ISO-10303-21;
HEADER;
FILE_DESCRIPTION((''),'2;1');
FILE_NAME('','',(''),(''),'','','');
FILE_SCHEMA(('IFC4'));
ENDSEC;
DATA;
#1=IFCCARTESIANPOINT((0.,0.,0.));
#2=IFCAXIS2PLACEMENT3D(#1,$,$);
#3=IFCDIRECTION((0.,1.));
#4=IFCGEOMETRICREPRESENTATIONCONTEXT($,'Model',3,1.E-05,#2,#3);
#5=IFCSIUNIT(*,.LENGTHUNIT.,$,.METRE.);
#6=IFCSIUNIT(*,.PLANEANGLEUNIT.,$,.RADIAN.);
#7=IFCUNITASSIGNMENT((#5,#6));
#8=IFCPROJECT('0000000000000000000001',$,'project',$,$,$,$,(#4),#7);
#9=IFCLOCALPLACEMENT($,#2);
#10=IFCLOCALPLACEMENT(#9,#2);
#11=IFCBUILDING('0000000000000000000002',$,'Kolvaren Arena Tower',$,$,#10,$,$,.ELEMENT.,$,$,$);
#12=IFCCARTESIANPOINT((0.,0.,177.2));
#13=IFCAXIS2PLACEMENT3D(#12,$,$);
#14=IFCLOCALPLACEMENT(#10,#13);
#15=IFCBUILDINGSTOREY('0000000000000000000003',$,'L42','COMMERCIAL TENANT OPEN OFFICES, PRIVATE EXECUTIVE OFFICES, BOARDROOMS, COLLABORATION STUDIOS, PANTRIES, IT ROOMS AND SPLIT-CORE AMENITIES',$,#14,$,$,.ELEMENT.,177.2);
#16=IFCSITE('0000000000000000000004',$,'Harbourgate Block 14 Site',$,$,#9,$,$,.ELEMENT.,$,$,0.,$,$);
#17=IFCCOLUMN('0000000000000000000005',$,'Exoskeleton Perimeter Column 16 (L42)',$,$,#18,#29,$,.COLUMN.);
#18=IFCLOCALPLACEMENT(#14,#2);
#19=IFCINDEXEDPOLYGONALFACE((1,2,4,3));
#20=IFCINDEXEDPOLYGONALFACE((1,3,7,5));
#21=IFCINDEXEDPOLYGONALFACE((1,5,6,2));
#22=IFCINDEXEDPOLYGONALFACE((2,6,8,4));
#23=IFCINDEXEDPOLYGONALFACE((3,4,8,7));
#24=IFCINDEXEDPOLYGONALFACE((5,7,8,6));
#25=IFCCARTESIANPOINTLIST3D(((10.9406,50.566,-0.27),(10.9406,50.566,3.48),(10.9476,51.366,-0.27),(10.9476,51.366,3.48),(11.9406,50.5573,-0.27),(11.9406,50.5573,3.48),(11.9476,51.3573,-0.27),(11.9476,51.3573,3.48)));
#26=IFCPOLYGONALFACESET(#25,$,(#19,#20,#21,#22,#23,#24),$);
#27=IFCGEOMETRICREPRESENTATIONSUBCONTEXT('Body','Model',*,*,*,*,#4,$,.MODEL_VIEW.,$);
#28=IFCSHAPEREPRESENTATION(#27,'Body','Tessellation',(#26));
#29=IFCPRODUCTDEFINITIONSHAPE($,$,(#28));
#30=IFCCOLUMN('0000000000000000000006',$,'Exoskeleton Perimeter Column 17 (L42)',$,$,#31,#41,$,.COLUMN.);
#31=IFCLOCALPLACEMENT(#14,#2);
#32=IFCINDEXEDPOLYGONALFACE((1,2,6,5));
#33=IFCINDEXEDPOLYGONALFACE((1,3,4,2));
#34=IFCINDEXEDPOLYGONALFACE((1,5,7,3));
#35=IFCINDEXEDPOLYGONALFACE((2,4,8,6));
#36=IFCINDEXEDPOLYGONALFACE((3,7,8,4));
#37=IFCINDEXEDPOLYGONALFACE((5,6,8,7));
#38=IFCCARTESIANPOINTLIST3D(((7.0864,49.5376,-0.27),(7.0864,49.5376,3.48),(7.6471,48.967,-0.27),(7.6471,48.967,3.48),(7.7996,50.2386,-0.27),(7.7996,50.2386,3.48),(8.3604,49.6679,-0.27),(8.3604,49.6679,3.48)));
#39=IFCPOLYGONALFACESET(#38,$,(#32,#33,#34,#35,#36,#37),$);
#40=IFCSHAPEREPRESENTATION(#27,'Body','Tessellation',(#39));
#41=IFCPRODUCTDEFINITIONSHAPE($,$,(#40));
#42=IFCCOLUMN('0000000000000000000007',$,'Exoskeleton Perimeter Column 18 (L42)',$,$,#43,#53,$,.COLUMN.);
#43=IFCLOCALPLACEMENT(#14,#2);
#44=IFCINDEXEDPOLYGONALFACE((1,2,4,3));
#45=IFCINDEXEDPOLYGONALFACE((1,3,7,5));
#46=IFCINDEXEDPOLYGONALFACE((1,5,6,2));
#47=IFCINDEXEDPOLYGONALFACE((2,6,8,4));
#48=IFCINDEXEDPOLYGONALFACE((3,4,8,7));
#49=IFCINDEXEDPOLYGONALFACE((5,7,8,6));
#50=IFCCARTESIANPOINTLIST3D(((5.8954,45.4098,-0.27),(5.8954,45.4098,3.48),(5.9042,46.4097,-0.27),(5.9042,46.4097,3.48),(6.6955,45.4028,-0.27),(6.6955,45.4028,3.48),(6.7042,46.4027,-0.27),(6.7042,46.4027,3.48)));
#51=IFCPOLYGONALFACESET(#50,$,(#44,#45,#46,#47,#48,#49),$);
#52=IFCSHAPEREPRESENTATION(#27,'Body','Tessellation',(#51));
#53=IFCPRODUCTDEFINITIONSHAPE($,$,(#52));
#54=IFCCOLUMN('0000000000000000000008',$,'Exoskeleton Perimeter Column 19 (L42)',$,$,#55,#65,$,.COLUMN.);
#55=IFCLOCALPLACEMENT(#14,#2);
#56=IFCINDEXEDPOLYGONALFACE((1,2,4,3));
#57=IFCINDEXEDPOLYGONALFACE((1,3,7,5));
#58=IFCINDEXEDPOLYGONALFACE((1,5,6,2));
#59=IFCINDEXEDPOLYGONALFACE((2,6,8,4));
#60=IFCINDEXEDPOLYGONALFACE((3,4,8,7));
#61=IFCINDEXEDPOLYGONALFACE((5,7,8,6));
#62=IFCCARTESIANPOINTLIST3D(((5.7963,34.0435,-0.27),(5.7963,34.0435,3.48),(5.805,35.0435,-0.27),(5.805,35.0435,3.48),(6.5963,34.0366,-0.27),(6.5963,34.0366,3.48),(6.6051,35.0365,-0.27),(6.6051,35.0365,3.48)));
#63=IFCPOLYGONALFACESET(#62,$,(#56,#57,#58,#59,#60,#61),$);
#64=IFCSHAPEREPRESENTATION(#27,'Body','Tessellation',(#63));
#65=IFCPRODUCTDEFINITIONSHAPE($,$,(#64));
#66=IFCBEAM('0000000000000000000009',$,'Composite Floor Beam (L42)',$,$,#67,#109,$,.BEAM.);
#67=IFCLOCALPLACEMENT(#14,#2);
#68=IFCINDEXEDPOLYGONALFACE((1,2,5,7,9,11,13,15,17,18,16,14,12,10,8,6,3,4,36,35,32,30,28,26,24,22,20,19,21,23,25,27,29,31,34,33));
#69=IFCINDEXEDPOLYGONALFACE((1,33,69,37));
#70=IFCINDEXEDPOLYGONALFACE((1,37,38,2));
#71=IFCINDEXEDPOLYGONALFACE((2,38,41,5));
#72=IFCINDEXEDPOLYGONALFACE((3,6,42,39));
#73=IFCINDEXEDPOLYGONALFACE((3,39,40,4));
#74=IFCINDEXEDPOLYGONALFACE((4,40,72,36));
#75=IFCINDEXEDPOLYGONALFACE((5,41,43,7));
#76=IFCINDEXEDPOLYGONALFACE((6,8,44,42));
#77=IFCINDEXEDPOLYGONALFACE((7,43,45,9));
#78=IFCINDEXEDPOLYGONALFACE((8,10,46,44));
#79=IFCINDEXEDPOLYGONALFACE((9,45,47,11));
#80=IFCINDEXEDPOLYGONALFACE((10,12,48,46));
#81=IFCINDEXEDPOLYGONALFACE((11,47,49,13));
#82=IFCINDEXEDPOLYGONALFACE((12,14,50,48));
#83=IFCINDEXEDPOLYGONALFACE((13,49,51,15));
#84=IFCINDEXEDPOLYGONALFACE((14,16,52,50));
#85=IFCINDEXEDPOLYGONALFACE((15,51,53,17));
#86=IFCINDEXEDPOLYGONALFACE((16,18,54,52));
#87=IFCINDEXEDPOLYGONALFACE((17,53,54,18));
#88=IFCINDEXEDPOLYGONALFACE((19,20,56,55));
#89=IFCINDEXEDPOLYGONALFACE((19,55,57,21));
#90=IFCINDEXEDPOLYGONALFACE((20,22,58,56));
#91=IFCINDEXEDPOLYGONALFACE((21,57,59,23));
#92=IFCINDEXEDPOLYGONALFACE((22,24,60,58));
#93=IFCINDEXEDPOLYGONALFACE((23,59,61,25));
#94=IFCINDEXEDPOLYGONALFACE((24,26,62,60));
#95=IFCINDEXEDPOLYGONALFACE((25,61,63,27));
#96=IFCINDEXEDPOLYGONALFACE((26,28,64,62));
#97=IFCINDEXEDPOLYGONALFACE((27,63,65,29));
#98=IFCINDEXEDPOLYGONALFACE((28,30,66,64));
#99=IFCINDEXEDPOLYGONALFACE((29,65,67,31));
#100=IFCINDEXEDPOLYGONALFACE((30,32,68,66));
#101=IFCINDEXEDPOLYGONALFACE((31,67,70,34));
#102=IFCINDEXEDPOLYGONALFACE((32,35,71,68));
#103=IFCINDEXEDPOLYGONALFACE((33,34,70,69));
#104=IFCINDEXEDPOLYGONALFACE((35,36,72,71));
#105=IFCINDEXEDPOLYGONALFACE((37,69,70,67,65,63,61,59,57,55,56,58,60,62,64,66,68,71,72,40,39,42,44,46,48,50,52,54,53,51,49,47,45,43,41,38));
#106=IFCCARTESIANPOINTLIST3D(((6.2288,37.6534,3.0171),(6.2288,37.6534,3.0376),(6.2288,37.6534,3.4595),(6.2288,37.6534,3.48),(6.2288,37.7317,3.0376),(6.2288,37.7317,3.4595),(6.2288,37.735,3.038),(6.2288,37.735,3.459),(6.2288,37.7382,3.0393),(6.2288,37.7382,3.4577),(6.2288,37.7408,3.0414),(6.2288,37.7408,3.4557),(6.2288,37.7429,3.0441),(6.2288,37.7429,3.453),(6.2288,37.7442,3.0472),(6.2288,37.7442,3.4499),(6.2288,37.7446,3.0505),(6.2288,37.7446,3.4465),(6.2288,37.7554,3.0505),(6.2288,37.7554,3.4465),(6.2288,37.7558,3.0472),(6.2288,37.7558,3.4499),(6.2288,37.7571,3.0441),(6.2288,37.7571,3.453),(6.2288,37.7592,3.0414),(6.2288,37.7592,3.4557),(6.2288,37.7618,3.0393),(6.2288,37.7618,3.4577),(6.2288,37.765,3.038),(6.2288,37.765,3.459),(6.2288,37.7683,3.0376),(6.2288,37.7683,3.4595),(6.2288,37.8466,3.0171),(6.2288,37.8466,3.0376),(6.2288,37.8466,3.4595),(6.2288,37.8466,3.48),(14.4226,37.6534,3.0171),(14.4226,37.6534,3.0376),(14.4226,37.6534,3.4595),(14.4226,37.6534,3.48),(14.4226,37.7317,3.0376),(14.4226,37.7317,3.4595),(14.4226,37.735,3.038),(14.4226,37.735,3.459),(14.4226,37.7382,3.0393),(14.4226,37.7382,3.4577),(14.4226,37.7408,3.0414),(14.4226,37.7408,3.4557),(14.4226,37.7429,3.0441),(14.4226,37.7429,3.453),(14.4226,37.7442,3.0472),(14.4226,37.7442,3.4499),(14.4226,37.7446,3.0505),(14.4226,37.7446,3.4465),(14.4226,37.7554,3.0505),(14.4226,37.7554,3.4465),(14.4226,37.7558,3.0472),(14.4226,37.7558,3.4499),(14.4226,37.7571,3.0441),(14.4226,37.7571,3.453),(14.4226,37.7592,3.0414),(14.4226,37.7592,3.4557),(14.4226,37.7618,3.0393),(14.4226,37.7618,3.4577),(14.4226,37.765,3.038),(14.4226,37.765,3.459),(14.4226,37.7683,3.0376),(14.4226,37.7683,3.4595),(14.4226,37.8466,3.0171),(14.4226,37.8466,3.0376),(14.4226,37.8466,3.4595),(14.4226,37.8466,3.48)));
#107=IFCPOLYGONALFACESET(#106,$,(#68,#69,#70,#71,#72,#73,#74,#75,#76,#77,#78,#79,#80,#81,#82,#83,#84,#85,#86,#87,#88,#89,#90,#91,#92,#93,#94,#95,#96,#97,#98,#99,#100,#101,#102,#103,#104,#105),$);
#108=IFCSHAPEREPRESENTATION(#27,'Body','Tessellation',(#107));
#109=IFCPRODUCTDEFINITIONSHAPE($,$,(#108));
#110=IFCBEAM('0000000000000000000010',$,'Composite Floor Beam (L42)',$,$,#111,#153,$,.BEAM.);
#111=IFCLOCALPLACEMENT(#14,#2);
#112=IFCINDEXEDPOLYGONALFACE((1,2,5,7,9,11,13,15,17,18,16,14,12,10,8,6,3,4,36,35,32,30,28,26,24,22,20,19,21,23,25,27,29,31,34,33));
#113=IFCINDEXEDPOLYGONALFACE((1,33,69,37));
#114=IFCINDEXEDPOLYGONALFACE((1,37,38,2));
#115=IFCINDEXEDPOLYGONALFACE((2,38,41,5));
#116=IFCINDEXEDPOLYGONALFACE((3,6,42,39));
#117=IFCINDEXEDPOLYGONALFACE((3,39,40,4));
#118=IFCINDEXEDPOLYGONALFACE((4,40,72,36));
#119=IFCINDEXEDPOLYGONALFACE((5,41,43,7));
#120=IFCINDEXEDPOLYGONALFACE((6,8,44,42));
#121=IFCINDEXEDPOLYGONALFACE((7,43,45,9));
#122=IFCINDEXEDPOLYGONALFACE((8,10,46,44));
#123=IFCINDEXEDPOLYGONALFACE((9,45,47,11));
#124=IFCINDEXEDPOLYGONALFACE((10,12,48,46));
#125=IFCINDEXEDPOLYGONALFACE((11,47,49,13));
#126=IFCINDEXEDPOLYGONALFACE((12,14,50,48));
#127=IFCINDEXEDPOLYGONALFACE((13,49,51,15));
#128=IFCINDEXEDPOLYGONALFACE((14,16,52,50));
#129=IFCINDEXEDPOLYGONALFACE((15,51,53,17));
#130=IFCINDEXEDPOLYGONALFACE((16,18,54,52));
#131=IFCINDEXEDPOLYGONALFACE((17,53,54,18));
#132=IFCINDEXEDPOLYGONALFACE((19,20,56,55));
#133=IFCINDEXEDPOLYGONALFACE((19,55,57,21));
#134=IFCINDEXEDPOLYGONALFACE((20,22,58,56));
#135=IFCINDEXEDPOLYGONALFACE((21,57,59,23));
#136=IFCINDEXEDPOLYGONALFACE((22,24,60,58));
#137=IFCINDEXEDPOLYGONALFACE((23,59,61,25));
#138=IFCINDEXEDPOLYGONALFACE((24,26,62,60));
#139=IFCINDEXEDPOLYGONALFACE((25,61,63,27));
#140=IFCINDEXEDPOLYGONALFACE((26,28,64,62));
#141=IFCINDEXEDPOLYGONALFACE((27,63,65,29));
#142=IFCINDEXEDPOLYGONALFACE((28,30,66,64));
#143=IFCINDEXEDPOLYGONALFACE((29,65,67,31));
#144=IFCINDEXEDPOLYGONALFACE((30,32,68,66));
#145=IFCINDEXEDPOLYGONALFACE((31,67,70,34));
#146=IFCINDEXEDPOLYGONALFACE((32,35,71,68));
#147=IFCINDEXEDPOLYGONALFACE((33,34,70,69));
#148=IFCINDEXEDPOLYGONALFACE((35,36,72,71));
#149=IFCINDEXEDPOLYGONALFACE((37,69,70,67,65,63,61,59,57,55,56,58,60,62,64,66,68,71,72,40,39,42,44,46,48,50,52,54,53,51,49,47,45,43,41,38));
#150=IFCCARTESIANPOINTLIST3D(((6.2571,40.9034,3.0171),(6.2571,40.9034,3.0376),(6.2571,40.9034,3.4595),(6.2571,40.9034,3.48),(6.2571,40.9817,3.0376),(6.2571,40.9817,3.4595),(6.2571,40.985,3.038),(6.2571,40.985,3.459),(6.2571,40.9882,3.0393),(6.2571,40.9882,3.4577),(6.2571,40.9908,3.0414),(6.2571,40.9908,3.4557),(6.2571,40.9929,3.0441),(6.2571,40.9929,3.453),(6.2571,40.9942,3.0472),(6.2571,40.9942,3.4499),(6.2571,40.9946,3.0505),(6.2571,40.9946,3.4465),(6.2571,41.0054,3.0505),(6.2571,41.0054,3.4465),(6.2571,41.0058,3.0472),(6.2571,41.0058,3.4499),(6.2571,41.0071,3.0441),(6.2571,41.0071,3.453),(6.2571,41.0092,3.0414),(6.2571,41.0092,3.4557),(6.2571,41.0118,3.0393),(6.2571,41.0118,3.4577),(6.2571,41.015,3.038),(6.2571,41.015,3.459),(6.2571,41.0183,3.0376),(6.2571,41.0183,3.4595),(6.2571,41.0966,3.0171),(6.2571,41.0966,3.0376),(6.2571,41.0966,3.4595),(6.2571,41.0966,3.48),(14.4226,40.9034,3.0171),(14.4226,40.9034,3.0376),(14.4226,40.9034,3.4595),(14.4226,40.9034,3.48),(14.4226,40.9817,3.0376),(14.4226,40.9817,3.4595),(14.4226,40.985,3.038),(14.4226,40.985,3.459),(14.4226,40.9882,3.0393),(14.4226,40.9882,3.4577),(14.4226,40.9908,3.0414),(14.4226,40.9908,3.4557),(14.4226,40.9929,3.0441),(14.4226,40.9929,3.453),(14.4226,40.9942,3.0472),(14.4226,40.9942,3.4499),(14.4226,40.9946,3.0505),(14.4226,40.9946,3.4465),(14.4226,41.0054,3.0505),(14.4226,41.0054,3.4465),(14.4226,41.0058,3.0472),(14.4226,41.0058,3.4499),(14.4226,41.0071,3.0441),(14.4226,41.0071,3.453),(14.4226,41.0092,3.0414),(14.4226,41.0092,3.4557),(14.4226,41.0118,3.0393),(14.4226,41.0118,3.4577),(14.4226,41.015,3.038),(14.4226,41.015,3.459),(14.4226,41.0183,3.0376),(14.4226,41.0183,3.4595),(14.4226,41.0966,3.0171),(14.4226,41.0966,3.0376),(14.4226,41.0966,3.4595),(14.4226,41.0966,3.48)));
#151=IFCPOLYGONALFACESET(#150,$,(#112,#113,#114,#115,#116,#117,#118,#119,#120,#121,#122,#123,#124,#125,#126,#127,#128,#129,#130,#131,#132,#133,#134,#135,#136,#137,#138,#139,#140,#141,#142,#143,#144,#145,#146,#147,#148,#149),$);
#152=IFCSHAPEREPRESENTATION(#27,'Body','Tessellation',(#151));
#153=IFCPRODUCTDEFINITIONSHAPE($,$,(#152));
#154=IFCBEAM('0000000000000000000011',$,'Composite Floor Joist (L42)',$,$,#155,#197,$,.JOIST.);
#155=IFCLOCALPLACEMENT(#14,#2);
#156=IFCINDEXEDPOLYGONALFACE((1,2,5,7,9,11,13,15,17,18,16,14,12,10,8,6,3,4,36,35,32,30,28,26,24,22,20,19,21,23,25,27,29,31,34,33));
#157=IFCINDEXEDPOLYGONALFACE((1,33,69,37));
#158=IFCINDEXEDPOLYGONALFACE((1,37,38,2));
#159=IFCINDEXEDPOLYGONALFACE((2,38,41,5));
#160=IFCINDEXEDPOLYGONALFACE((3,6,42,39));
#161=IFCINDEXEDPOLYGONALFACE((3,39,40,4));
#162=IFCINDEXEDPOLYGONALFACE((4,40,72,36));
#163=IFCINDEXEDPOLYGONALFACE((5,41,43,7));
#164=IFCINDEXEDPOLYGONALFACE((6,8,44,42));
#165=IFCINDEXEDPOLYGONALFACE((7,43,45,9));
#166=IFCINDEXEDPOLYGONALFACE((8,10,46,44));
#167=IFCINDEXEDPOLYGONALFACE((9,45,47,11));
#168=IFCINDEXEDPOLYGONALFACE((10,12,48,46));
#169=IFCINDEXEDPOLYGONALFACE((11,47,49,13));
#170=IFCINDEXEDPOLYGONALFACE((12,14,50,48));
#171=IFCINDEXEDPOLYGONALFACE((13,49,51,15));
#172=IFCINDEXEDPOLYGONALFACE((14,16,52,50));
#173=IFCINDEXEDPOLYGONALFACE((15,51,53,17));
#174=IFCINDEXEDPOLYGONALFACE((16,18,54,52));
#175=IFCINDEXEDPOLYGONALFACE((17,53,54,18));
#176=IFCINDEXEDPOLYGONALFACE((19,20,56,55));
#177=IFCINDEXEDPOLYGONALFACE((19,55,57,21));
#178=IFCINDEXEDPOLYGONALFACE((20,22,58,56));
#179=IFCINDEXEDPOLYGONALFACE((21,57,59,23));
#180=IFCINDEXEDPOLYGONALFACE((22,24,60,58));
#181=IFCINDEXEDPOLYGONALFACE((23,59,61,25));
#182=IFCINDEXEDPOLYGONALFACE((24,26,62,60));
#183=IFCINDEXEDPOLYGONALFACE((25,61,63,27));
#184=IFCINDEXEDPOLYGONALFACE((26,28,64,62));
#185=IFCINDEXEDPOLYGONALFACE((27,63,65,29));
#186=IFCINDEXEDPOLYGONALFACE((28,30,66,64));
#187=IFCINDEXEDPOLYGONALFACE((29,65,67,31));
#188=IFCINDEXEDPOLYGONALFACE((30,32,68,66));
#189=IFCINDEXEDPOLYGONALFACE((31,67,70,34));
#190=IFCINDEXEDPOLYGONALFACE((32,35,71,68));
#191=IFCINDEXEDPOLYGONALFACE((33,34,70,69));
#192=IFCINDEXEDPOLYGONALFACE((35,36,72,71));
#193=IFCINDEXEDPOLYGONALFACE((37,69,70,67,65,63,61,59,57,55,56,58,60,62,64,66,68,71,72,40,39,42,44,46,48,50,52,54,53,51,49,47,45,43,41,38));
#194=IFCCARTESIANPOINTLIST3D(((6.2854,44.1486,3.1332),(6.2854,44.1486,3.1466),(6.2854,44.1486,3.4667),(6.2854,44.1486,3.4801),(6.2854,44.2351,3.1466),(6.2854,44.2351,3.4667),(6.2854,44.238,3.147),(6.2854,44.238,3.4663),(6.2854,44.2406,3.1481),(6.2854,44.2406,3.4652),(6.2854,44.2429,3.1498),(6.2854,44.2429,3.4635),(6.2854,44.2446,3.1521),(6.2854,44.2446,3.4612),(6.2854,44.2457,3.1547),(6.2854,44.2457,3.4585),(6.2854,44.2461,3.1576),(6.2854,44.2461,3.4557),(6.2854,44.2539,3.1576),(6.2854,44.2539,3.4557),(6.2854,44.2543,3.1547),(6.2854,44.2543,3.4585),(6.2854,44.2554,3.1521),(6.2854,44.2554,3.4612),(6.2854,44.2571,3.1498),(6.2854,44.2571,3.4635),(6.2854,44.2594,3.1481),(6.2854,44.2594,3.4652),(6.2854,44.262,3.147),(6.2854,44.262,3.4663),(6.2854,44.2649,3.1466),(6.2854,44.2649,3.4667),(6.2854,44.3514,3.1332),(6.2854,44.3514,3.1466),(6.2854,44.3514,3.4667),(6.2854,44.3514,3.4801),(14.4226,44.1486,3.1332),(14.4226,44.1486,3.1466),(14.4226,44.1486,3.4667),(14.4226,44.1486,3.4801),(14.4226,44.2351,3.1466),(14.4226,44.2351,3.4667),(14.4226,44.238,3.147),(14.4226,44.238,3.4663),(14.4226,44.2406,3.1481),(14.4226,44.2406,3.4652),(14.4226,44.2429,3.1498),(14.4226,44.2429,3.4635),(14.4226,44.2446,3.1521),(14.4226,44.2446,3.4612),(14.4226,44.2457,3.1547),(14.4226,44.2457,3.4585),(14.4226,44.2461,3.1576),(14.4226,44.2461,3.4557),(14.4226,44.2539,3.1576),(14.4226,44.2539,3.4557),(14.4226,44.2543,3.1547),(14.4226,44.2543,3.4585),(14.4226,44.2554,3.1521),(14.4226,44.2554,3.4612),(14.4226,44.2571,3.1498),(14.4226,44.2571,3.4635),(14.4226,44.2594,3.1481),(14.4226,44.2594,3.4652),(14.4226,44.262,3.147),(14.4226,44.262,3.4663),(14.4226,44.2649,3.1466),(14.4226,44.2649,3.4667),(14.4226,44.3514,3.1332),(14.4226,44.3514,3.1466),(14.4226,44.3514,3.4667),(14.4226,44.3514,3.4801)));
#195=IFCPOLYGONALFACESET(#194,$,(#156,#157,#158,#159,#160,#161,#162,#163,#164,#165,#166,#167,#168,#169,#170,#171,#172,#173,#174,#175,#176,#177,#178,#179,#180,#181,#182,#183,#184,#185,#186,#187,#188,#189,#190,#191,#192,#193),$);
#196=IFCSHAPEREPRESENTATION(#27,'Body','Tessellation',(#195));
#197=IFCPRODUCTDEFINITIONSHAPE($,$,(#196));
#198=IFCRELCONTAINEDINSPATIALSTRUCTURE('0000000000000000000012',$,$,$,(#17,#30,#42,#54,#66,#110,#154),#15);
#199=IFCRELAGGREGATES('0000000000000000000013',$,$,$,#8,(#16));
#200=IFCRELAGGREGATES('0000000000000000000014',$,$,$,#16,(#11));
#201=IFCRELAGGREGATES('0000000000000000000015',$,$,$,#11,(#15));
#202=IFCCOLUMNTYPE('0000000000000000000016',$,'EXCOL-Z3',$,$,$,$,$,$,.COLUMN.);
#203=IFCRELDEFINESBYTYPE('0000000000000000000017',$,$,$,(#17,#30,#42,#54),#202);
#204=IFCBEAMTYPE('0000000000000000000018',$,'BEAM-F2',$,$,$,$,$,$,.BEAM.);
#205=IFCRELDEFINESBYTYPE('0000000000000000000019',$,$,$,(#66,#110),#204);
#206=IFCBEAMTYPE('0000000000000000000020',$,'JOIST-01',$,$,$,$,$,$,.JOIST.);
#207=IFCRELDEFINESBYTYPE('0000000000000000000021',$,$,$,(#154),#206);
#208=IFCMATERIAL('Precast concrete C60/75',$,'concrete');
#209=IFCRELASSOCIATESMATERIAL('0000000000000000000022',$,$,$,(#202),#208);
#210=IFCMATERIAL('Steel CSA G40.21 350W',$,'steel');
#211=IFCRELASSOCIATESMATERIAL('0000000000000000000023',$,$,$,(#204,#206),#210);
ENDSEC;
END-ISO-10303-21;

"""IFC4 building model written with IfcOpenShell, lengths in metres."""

from ifc_helpers import new_model, si_unit, direction, frame, origin, origin_2d, place, context, subcontext, project, spatial, rectangle, i_section, extrude, material, material_profile, profile_set, type_object, element, save


model = new_model("IFC4")

# Units and contexts
model_context = context("Model", 3, precision=1e-05, world=origin(), true_north=direction((0.0, 1.0)))
body_context = subcontext(model_context, "Body", "Model", "MODEL_VIEW")
ifc_project = project(units=[si_unit("LENGTHUNIT", "METRE"), si_unit("PLANEANGLEUNIT", "RADIAN")], contexts=[model_context])

# Site, building, storey
site_placement = place(None, origin())
site = spatial("IfcSite", under=ifc_project, at=site_placement, Name="Harbourgate Block 14 Site", CompositionType="ELEMENT", RefElevation=0.0)
building_placement = place(site_placement, origin())
building = spatial("IfcBuilding", under=site, at=building_placement, Name="Kolvaren Arena Tower", CompositionType="ELEMENT")
storey_placement = place(building_placement, frame((0.0, 0.0, 177.2)))
storey = spatial("IfcBuildingStorey", under=building, at=storey_placement, Name="L42", Description="COMMERCIAL TENANT OPEN OFFICES, PRIVATE EXECUTIVE OFFICES, BOARDROOMS, COLLABORATION STUDIOS, PANTRIES, IT ROOMS AND SPLIT-CORE AMENITIES", CompositionType="ELEMENT", Elevation=177.2)

# Columns
ifc_material_1 = material(Name="Precast concrete C60/75", Category="concrete")
ifc_material_profile_1 = material_profile(ifc_material_1, rectangle(XDim=1.0, YDim=0.8, at=origin_2d()), Name="RC-1000x800")
ifc_profile_set_1 = profile_set([ifc_material_profile_1], Name="Precast concrete C60/75")
column_type = type_object("IfcColumnType", Name="EXCOL-Z3", PredefinedType="COLUMN", material=ifc_profile_set_1)
for number, where, z_axis, x_axis, name in (
    (1, (11.4441, 50.9617, -0.27), (0.0, 0.0, 1.0), (0.999962, -0.008727, 0.0), "Exoskeleton Perimeter Column 16 (L42)"),
    (2, (7.7234, 49.6028, -0.27), (0.0, 0.0, 1.0), (0.71325, 0.700909, 0.0), "Exoskeleton Perimeter Column 17 (L42)"),
    (3, (6.2998, 45.9062, -0.27), (0.0, 0.0, 1.0), (0.008727, 0.999962, 0.0), "Exoskeleton Perimeter Column 18 (L42)"),
    (4, (6.2007, 34.54, -0.27), (0.0, 0.0, 1.0), (0.008727, 0.999962, 0.0), "Exoskeleton Perimeter Column 19 (L42)"),
):
    element("IfcColumn", number, at=place(storey_placement, frame(where, z_axis=z_axis, x_axis=x_axis)), inside=storey, type_object=column_type, Name=name, PredefinedType="COLUMN", context=body_context, shape_type="SweptSolid", body=[
        extrude(rectangle(XDim=1.0, YDim=0.8, at=origin_2d()), origin(), (0.0, 0.0, 1.0), 3.75),
    ])

# Beams
ifc_material_2 = material(Name="Steel CSA G40.21 350W", Category="steel")
ifc_material_profile_2 = material_profile(ifc_material_2, i_section(OverallWidth=0.1931, OverallDepth=0.4629, WebThickness=0.0107, FlangeThickness=0.0205, FilletRadius=0.0129, at=origin_2d()), Name="W460x113")
ifc_profile_set_2 = profile_set([ifc_material_profile_2], Name="Steel CSA G40.21 350W")
beam_type_1 = type_object("IfcBeamType", Name="BEAM-F2", PredefinedType="BEAM", material=ifc_profile_set_2)
beam_1_placement = place(storey_placement, frame((6.2288, 37.75, 3.2485), z_axis=(1.0, 0.0, 0.0), x_axis=(0.0, 1.0, 0.0)))
element("IfcBeam", 5, at=beam_1_placement, inside=storey, type_object=beam_type_1, Name="Composite Floor Beam (L42)", PredefinedType="BEAM", context=body_context, shape_type="SweptSolid", body=[
    extrude(i_section(OverallWidth=0.1931, OverallDepth=0.4629, WebThickness=0.0107, FlangeThickness=0.0205, FilletRadius=0.0129, at=origin_2d()), origin(), (0.0, 0.0, 1.0), 8.1938),
])
beam_2_placement = place(storey_placement, frame((6.2571, 41.0, 3.2485), z_axis=(1.0, 0.0, 0.0), x_axis=(0.0, 1.0, 0.0)))
element("IfcBeam", 6, at=beam_2_placement, inside=storey, type_object=beam_type_1, Name="Composite Floor Beam (L42)", PredefinedType="BEAM", context=body_context, shape_type="SweptSolid", body=[
    extrude(i_section(OverallWidth=0.1931, OverallDepth=0.4629, WebThickness=0.0107, FlangeThickness=0.0205, FilletRadius=0.0129, at=origin_2d()), origin(), (0.0, 0.0, 1.0), 8.1655),
])
ifc_material_profile_3 = material_profile(ifc_material_2, i_section(OverallWidth=0.2029, OverallDepth=0.3469, WebThickness=0.0078, FlangeThickness=0.0134, FilletRadius=0.011, at=origin_2d()), Name="W360x64")
ifc_profile_set_3 = profile_set([ifc_material_profile_3], Name="Steel CSA G40.21 350W")
beam_type_2 = type_object("IfcBeamType", Name="JOIST-01", PredefinedType="JOIST", material=ifc_profile_set_3)
beam_3_placement = place(storey_placement, frame((6.2854, 44.25, 3.3066), z_axis=(1.0, 0.0, 0.0), x_axis=(0.0, 1.0, 0.0)))
element("IfcBeam", 7, at=beam_3_placement, inside=storey, type_object=beam_type_2, Name="Composite Floor Joist (L42)", PredefinedType="JOIST", context=body_context, shape_type="SweptSolid", body=[
    extrude(i_section(OverallWidth=0.2029, OverallDepth=0.3469, WebThickness=0.0078, FlangeThickness=0.0134, FilletRadius=0.011, at=origin_2d()), origin(), (0.0, 0.0, 1.0), 8.1372),
])

save(model, "model.ifc")
